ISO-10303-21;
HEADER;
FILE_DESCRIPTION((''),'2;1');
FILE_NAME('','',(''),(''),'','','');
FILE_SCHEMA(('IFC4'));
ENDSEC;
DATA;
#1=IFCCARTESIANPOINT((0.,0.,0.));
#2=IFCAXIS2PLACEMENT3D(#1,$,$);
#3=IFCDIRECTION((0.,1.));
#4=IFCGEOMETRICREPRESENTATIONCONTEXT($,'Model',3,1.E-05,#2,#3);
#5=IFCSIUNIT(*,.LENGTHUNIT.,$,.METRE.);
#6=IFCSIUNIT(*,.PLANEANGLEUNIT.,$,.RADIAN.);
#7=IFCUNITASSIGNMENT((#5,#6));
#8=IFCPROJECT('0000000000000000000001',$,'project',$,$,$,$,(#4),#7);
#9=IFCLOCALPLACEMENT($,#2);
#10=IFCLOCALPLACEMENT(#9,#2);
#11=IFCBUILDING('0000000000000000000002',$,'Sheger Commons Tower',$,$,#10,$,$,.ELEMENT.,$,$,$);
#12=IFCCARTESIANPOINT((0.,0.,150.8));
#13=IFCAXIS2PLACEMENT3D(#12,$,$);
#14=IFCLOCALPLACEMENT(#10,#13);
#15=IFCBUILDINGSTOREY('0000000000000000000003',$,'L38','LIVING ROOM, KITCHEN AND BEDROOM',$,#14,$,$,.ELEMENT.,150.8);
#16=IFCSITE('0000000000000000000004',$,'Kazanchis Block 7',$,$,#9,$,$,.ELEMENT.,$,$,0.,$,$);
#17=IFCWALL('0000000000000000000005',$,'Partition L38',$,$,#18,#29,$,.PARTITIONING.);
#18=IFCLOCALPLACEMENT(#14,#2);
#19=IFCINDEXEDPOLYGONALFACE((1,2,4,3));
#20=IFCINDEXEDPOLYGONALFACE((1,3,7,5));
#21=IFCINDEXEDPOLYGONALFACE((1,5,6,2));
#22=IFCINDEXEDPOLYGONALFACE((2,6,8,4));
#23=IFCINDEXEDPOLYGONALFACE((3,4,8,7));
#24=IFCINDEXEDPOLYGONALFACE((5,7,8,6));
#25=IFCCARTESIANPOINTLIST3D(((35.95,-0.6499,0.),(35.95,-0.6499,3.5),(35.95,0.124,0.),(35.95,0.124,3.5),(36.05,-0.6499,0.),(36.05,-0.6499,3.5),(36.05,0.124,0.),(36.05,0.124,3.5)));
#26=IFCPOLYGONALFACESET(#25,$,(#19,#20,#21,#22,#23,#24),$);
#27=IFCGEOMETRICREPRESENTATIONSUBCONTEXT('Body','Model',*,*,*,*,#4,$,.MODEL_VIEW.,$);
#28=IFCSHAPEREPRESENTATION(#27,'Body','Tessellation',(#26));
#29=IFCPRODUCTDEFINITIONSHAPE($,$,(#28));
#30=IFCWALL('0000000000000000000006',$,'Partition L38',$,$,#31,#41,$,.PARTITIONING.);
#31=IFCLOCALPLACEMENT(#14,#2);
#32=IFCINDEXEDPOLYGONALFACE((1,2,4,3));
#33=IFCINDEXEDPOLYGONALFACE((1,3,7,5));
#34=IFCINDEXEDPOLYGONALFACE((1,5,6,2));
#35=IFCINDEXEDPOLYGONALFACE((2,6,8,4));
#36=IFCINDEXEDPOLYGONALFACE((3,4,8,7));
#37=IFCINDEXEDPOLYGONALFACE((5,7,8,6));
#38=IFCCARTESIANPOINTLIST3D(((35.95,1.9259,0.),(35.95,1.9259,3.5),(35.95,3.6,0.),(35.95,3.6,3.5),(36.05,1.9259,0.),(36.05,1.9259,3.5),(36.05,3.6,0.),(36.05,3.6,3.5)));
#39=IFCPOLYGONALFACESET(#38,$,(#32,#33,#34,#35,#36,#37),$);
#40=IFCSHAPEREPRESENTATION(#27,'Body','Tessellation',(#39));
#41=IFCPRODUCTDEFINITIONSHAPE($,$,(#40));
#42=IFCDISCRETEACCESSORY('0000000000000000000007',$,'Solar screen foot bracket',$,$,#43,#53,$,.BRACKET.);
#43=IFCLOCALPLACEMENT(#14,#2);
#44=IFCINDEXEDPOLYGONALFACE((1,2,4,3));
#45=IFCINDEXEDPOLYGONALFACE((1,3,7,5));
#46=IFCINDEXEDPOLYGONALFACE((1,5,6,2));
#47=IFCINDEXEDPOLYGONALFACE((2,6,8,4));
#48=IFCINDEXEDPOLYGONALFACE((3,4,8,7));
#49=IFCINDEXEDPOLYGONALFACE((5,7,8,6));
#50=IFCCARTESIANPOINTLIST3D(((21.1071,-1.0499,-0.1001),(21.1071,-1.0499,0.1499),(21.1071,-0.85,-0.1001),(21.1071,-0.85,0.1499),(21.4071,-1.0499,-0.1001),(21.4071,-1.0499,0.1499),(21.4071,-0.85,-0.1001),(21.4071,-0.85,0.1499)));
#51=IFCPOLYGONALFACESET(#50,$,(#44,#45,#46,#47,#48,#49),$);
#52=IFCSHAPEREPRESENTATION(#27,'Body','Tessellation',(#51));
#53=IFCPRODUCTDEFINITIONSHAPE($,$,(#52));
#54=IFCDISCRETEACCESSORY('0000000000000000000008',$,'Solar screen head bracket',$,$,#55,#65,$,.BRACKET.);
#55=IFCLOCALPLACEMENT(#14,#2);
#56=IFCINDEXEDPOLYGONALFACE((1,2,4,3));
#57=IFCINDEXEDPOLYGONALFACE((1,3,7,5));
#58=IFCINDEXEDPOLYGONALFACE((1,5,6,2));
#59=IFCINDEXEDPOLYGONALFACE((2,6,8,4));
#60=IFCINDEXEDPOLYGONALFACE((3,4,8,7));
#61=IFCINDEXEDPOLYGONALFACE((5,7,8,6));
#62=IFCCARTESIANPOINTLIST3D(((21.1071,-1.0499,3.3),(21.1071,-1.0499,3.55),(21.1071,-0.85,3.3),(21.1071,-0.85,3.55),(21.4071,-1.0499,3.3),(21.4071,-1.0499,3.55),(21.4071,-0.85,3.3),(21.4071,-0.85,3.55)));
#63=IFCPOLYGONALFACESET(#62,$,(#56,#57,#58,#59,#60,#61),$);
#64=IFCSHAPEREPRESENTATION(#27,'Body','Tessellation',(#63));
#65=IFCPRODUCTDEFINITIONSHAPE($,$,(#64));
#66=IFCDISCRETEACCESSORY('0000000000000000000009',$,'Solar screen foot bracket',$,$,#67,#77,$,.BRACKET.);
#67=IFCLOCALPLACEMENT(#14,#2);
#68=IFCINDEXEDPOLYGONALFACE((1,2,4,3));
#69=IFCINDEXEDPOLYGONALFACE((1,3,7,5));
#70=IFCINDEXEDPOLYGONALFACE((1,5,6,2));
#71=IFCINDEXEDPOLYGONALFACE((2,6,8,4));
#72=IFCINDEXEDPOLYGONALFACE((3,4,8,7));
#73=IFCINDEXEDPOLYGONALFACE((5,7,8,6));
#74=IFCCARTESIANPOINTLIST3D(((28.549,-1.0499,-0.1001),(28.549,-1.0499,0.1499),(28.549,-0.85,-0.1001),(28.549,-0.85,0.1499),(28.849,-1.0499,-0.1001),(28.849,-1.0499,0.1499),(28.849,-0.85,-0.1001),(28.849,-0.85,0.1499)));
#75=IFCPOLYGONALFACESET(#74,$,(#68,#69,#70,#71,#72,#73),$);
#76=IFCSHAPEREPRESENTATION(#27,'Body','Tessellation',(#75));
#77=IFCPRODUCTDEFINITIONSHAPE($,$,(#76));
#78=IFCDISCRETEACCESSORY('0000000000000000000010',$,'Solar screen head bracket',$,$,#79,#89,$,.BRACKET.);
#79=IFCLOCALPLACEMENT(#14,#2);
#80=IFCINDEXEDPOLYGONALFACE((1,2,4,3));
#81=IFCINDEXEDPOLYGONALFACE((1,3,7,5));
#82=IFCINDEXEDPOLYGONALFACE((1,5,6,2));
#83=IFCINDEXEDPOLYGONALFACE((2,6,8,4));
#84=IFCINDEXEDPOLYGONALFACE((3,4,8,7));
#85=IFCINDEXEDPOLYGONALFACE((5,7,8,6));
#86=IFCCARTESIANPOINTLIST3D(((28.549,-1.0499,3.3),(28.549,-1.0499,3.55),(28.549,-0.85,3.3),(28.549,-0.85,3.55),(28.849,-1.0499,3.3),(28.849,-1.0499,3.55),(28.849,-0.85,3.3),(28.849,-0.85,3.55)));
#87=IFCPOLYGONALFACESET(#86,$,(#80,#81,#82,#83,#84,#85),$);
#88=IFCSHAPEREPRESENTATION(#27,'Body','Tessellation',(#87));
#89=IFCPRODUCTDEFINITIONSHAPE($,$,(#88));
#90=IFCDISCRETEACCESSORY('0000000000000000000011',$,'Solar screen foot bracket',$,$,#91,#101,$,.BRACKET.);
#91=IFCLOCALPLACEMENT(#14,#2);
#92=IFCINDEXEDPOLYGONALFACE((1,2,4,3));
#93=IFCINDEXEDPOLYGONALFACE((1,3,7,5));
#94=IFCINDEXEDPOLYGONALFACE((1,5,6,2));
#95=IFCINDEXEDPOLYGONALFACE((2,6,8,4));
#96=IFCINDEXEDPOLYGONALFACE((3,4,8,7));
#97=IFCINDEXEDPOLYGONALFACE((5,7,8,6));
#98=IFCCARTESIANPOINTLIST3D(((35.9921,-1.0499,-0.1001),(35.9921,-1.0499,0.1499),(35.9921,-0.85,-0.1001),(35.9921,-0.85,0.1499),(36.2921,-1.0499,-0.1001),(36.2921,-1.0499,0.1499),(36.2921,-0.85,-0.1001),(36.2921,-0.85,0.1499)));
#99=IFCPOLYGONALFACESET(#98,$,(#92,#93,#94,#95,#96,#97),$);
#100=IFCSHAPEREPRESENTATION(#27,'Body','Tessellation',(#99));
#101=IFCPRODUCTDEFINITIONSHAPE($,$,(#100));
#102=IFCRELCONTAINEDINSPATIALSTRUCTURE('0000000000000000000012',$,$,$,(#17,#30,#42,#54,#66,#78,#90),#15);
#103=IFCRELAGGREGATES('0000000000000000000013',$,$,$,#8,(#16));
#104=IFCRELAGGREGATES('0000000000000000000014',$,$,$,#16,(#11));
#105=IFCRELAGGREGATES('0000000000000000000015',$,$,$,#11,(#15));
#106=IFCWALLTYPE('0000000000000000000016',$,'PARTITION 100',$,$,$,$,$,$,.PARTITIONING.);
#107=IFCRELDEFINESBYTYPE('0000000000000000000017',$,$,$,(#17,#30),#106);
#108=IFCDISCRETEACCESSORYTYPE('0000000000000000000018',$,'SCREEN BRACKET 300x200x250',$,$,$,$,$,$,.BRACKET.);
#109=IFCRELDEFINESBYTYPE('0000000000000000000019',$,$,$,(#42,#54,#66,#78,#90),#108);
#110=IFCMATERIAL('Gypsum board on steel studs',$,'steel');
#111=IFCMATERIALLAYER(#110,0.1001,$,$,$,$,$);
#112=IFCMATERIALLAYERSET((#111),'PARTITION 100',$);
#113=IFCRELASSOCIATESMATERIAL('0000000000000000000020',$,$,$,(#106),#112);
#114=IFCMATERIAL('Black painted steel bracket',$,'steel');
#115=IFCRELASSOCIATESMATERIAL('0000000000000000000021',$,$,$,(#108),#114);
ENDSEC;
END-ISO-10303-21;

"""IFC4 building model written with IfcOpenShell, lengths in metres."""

from ifc_helpers import new_model, si_unit, direction, frame, frame_2d, origin, origin_2d, place, context, subcontext, project, spatial, rectangle, extrude, material, layer, layer_set, type_object, element, save


model = new_model("IFC4")

# Units and contexts
model_context = context("Model", 3, precision=1e-05, world=origin(), true_north=direction((0.0, 1.0)))
body_context = subcontext(model_context, "Body", "Model", "MODEL_VIEW")
ifc_project = project(units=[si_unit("LENGTHUNIT", "METRE"), si_unit("PLANEANGLEUNIT", "RADIAN")], contexts=[model_context])

# Site, building, storey
site_placement = place(None, origin())
site = spatial("IfcSite", under=ifc_project, at=site_placement, Name="Kazanchis Block 7", CompositionType="ELEMENT", RefElevation=0.0)
building_placement = place(site_placement, origin())
building = spatial("IfcBuilding", under=site, at=building_placement, Name="Sheger Commons Tower", CompositionType="ELEMENT")
storey_placement = place(building_placement, frame((0.0, 0.0, 150.8)))
storey = spatial("IfcBuildingStorey", under=building, at=storey_placement, Name="L38", Description="LIVING ROOM, KITCHEN AND BEDROOM", CompositionType="ELEMENT", Elevation=150.8)

# Shared definitions
ifc_material_1 = material(Name="Gypsum board on steel studs", Category="steel")
ifc_layer_1 = layer(ifc_material_1, 0.1001)
ifc_layer_set_1 = layer_set([ifc_layer_1], Name="PARTITION 100")
wall_type_1 = type_object("IfcWallType", Name="PARTITION 100", PredefinedType="PARTITIONING", material=ifc_layer_set_1)

# Walls
wall_1_placement = place(storey_placement, frame((36.0, -0.6499, 0.0), z_axis=(0.0, 0.0, 1.0), x_axis=(0.0, 1.0, 0.0)))
element("IfcWall", 1, at=wall_1_placement, inside=storey, type_object=wall_type_1, Name="Partition L38", PredefinedType="PARTITIONING", context=body_context, shape_type="SweptSolid", body=[
    extrude(rectangle(XDim=0.7739, YDim=0.1001, at=frame_2d((0.387, 0.0))), origin(), (0.0, 0.0, 1.0), 3.5),
])
wall_2_placement = place(storey_placement, frame((36.0, 1.926, 0.0), z_axis=(0.0, 0.0, 1.0), x_axis=(0.0, 1.0, 0.0)))
element("IfcWall", 2, at=wall_2_placement, inside=storey, type_object=wall_type_1, Name="Partition L38", PredefinedType="PARTITIONING", context=body_context, shape_type="SweptSolid", body=[
    extrude(rectangle(XDim=1.6741, YDim=0.1001, at=frame_2d((0.8369, 0.0))), origin(), (0.0, 0.0, 1.0), 3.5),
])

# Discrete accessories
ifc_material_2 = material(Name="Black painted steel bracket", Category="steel")
discrete_accessory_type = type_object("IfcDiscreteAccessoryType", Name="SCREEN BRACKET 300x200x250", PredefinedType="BRACKET", material=ifc_material_2)
for number, where, z_axis, x_axis, name in (
    (3, (21.2571, -0.95, -0.1001), (0.0, 0.0, 1.0), (1.0, 0.0, 0.0), "Solar screen foot bracket"),
    (4, (21.2571, -0.95, 3.3), (0.0, 0.0, 1.0), (1.0, 0.0, 0.0), "Solar screen head bracket"),
    (5, (28.699, -0.95, -0.1001), (0.0, 0.0, 1.0), (1.0, 0.0, 0.0), "Solar screen foot bracket"),
    (6, (28.699, -0.95, 3.3), (0.0, 0.0, 1.0), (1.0, 0.0, 0.0), "Solar screen head bracket"),
    (7, (36.1421, -0.95, -0.1001), (0.0, 0.0, 1.0), (1.0, 0.0, 0.0), "Solar screen foot bracket"),
):
    element("IfcDiscreteAccessory", number, at=place(storey_placement, frame(where, z_axis=z_axis, x_axis=x_axis)), inside=storey, type_object=discrete_accessory_type, Name=name, PredefinedType="BRACKET", context=body_context, shape_type="SweptSolid", body=[
        extrude(rectangle(XDim=0.3, YDim=0.2, at=origin_2d()), origin(), (0.0, 0.0, 1.0), 0.25),
    ])

save(model, "model.ifc")
